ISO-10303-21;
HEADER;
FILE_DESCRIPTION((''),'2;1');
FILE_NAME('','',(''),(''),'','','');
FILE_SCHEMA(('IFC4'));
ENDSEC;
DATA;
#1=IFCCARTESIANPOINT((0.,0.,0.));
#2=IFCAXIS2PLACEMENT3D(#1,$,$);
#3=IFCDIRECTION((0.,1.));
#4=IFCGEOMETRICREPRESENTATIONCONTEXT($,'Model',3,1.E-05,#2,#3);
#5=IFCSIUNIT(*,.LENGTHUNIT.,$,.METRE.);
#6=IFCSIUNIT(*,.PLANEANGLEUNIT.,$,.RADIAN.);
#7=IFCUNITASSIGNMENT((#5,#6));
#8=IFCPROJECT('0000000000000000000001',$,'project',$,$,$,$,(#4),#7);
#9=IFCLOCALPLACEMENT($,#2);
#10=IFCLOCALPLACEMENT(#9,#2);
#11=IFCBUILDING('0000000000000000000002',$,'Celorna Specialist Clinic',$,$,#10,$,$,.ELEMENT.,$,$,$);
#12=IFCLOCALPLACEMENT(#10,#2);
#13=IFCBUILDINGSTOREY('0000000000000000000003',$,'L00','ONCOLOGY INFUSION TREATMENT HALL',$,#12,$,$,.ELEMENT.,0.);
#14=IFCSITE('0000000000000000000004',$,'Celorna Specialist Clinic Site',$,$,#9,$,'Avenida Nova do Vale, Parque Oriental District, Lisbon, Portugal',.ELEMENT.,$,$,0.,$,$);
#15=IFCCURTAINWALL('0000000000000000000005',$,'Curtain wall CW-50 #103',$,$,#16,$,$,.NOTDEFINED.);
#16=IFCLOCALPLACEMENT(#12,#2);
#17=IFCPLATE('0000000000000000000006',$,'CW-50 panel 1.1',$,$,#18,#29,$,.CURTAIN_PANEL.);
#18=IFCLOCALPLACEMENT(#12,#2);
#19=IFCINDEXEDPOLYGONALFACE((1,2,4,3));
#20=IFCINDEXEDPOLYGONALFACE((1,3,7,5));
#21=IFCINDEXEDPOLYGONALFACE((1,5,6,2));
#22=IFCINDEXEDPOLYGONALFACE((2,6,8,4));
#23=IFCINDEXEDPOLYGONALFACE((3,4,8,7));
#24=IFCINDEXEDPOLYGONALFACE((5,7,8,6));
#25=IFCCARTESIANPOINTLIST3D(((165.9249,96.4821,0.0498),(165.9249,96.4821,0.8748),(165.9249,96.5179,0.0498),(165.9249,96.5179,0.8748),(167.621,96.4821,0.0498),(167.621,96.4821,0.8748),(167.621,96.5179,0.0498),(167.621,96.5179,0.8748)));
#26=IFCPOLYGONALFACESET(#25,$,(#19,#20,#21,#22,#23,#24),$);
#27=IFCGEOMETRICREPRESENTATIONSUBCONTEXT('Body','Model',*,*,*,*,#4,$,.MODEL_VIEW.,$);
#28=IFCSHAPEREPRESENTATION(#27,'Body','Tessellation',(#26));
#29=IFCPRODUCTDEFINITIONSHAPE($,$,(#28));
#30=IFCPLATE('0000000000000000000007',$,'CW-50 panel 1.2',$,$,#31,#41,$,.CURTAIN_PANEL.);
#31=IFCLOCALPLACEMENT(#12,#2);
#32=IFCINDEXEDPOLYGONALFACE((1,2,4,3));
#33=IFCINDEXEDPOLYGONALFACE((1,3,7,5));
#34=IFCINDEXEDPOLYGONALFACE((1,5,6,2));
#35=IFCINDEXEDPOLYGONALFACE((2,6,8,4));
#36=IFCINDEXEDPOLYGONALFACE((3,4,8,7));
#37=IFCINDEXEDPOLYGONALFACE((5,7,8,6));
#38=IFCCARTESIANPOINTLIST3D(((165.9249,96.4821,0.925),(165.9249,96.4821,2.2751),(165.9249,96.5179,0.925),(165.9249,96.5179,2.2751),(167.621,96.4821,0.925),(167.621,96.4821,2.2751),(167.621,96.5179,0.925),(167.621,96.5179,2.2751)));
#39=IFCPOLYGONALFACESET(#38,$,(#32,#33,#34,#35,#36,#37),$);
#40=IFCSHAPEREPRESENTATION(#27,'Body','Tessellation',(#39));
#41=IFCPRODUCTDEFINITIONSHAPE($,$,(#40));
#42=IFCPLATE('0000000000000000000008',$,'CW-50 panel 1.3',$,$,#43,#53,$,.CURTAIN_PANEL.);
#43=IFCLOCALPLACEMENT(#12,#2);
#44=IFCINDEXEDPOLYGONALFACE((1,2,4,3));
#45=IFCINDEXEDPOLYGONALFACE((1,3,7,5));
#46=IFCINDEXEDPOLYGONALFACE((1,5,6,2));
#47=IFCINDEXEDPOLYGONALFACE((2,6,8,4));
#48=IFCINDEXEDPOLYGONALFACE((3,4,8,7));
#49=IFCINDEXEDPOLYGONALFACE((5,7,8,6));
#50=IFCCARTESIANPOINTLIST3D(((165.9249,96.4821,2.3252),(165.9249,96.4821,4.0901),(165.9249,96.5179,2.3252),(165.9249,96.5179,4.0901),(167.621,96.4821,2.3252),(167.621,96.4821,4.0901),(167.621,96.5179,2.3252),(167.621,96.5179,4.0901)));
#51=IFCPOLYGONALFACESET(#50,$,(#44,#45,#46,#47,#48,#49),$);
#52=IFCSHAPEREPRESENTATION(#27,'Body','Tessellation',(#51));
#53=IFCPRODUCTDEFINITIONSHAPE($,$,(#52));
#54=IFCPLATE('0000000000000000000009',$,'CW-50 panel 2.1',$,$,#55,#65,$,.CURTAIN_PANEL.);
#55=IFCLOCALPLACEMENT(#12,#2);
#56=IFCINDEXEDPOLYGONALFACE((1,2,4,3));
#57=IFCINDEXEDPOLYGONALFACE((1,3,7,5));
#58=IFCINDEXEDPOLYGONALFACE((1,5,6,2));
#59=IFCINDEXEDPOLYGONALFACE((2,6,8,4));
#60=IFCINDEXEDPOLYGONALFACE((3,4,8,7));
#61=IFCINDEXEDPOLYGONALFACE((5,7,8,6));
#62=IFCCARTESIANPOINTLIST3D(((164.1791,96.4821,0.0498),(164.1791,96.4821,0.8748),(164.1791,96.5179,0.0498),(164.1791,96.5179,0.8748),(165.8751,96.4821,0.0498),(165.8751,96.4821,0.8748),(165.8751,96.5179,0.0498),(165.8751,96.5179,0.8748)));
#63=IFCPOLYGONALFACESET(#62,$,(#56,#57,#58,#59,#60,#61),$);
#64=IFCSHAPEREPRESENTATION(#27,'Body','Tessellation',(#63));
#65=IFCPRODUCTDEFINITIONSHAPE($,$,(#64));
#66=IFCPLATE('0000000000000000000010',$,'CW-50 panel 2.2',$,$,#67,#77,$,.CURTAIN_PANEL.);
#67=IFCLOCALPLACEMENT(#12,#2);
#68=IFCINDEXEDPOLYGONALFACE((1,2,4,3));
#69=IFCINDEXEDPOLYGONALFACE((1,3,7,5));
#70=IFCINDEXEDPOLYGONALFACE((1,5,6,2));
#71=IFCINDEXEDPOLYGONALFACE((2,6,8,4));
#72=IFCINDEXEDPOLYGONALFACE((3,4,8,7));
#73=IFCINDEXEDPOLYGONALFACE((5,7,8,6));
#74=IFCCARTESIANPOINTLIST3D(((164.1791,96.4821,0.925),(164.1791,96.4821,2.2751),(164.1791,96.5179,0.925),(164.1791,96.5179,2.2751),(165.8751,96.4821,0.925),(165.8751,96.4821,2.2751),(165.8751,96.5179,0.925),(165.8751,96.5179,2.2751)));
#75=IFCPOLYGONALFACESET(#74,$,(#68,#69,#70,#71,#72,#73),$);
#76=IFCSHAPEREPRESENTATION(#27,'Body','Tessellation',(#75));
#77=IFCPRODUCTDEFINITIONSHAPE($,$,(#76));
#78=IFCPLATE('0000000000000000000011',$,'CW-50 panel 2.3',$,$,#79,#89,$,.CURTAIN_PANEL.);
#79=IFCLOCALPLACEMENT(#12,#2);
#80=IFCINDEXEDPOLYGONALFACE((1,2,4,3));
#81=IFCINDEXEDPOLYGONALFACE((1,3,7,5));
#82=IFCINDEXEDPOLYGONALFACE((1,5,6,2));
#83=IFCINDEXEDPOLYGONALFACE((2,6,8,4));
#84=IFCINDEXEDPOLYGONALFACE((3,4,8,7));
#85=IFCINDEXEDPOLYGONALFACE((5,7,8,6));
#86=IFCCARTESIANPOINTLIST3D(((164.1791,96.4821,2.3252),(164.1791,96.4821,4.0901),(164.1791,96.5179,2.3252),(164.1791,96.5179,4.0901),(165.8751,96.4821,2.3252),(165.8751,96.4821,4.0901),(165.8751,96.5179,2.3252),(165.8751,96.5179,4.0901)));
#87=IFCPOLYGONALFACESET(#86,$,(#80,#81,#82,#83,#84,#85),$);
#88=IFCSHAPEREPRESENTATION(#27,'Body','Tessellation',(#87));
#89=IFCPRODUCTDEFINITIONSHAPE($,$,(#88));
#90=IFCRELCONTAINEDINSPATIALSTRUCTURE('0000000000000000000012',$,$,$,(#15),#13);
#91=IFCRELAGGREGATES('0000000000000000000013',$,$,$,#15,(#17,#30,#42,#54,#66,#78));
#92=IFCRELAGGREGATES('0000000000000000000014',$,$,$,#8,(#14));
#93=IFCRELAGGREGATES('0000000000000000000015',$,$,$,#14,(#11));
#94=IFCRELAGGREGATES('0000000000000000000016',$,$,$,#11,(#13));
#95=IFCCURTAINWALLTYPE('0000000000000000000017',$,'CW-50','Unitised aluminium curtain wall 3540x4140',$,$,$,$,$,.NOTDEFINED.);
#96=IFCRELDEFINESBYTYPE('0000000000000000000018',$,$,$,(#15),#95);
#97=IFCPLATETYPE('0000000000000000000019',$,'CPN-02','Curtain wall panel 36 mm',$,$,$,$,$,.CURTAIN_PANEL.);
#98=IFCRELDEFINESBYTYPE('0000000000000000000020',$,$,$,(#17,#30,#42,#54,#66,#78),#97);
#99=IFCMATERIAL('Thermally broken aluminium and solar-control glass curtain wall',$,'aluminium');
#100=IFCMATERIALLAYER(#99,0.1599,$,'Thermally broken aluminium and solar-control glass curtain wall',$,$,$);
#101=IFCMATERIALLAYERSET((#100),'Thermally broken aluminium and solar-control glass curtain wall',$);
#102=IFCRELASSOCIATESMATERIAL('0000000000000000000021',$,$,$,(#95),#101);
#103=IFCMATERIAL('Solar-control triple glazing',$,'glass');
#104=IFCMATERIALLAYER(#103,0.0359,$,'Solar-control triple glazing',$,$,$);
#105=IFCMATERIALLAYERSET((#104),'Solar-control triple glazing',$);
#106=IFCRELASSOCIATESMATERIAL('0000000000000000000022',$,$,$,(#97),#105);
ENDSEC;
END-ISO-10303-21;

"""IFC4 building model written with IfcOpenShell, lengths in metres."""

from ifc_helpers import new_model, si_unit, direction, frame, origin, origin_2d, place, context, subcontext, project, spatial, rectangle, extrude, material, layer, layer_set, type_object, element, aggregate, save


model = new_model("IFC4")

# Units and contexts
model_context = context("Model", 3, precision=1e-05, world=origin(), true_north=direction((0.0, 1.0)))
body_context = subcontext(model_context, "Body", "Model", "MODEL_VIEW")
ifc_project = project(units=[si_unit("LENGTHUNIT", "METRE"), si_unit("PLANEANGLEUNIT", "RADIAN")], contexts=[model_context])

# Site, building, storey
site_placement = place(None, origin())
site = spatial("IfcSite", under=ifc_project, at=site_placement, Name="Celorna Specialist Clinic Site", LongName="Avenida Nova do Vale, Parque Oriental District, Lisbon, Portugal", CompositionType="ELEMENT", RefElevation=0.0)
building_placement = place(site_placement, origin())
building = spatial("IfcBuilding", under=site, at=building_placement, Name="Celorna Specialist Clinic", CompositionType="ELEMENT")
storey_placement = place(building_placement, origin())
storey = spatial("IfcBuildingStorey", under=building, at=storey_placement, Name="L00", Description="ONCOLOGY INFUSION TREATMENT HALL", CompositionType="ELEMENT", Elevation=0.0)

# Curtain wall
ifc_material_1 = material(Name="Thermally broken aluminium and solar-control glass curtain wall", Category="aluminium")
ifc_layer_1 = layer(ifc_material_1, 0.1599, Name="Thermally broken aluminium and solar-control glass curtain wall")
ifc_layer_set_1 = layer_set([ifc_layer_1], Name="Thermally broken aluminium and solar-control glass curtain wall")
curtain_wall_type_1 = type_object("IfcCurtainWallType", Name="CW-50", Description="Unitised aluminium curtain wall 3540x4140", PredefinedType="NOTDEFINED", material=ifc_layer_set_1)
curtain_wall_1_placement = place(storey_placement, origin())
curtain_wall_1 = element("IfcCurtainWall", 1, at=curtain_wall_1_placement, inside=storey, type_object=curtain_wall_type_1, Name="Curtain wall CW-50 #103", PredefinedType="NOTDEFINED")

# Plates
ifc_material_2 = material(Name="Solar-control triple glazing", Category="glass")
ifc_layer_2 = layer(ifc_material_2, 0.0359, Name="Solar-control triple glazing")
ifc_layer_set_2 = layer_set([ifc_layer_2], Name="Solar-control triple glazing")
plate_type_1 = type_object("IfcPlateType", Name="CPN-02", Description="Curtain wall panel 36 mm", PredefinedType="CURTAIN_PANEL", material=ifc_layer_set_2)
plate_1_placement = place(storey_placement, frame((166.7729, 96.5, 0.0498), z_axis=(0.0, 0.0, 1.0), x_axis=(-1.0, 0.0, 0.0)))
plate_1 = element("IfcPlate", 2, at=plate_1_placement, type_object=plate_type_1, Name="CW-50 panel 1.1", PredefinedType="CURTAIN_PANEL", context=body_context, shape_type="SweptSolid", body=[
    extrude(rectangle(XDim=1.696, YDim=0.0359, at=origin_2d()), origin(), (0.0, 0.0, 1.0), 0.825),
])
plate_2_placement = place(storey_placement, frame((166.7729, 96.5, 0.925), z_axis=(0.0, 0.0, 1.0), x_axis=(-1.0, 0.0, 0.0)))
plate_2 = element("IfcPlate", 3, at=plate_2_placement, type_object=plate_type_1, Name="CW-50 panel 1.2", PredefinedType="CURTAIN_PANEL", context=body_context, shape_type="SweptSolid", body=[
    extrude(rectangle(XDim=1.696, YDim=0.0359, at=origin_2d()), origin(), (0.0, 0.0, 1.0), 1.3501),
])
plate_3_placement = place(storey_placement, frame((166.7729, 96.5, 2.3252), z_axis=(0.0, 0.0, 1.0), x_axis=(-1.0, 0.0, 0.0)))
plate_3 = element("IfcPlate", 4, at=plate_3_placement, type_object=plate_type_1, Name="CW-50 panel 1.3", PredefinedType="CURTAIN_PANEL", context=body_context, shape_type="SweptSolid", body=[
    extrude(rectangle(XDim=1.696, YDim=0.0359, at=origin_2d()), origin(), (0.0, 0.0, 1.0), 1.7649),
])
plate_4_placement = place(storey_placement, frame((165.0271, 96.5, 0.0498), z_axis=(0.0, 0.0, 1.0), x_axis=(-1.0, 0.0, 0.0)))
plate_4 = element("IfcPlate", 5, at=plate_4_placement, type_object=plate_type_1, Name="CW-50 panel 2.1", PredefinedType="CURTAIN_PANEL", context=body_context, shape_type="SweptSolid", body=[
    extrude(rectangle(XDim=1.696, YDim=0.0359, at=origin_2d()), origin(), (0.0, 0.0, 1.0), 0.825),
])
plate_5_placement = place(storey_placement, frame((165.0271, 96.5, 0.925), z_axis=(0.0, 0.0, 1.0), x_axis=(-1.0, 0.0, 0.0)))
plate_5 = element("IfcPlate", 6, at=plate_5_placement, type_object=plate_type_1, Name="CW-50 panel 2.2", PredefinedType="CURTAIN_PANEL", context=body_context, shape_type="SweptSolid", body=[
    extrude(rectangle(XDim=1.696, YDim=0.0359, at=origin_2d()), origin(), (0.0, 0.0, 1.0), 1.3501),
])
plate_6_placement = place(storey_placement, frame((165.0271, 96.5, 2.3252), z_axis=(0.0, 0.0, 1.0), x_axis=(-1.0, 0.0, 0.0)))
plate_6 = element("IfcPlate", 7, at=plate_6_placement, type_object=plate_type_1, Name="CW-50 panel 2.3", PredefinedType="CURTAIN_PANEL", context=body_context, shape_type="SweptSolid", body=[
    extrude(rectangle(XDim=1.696, YDim=0.0359, at=origin_2d()), origin(), (0.0, 0.0, 1.0), 1.7649),
])
aggregate(curtain_wall_1, [plate_1, plate_2, plate_3, plate_4, plate_5, plate_6])

save(model, "model.ifc")
